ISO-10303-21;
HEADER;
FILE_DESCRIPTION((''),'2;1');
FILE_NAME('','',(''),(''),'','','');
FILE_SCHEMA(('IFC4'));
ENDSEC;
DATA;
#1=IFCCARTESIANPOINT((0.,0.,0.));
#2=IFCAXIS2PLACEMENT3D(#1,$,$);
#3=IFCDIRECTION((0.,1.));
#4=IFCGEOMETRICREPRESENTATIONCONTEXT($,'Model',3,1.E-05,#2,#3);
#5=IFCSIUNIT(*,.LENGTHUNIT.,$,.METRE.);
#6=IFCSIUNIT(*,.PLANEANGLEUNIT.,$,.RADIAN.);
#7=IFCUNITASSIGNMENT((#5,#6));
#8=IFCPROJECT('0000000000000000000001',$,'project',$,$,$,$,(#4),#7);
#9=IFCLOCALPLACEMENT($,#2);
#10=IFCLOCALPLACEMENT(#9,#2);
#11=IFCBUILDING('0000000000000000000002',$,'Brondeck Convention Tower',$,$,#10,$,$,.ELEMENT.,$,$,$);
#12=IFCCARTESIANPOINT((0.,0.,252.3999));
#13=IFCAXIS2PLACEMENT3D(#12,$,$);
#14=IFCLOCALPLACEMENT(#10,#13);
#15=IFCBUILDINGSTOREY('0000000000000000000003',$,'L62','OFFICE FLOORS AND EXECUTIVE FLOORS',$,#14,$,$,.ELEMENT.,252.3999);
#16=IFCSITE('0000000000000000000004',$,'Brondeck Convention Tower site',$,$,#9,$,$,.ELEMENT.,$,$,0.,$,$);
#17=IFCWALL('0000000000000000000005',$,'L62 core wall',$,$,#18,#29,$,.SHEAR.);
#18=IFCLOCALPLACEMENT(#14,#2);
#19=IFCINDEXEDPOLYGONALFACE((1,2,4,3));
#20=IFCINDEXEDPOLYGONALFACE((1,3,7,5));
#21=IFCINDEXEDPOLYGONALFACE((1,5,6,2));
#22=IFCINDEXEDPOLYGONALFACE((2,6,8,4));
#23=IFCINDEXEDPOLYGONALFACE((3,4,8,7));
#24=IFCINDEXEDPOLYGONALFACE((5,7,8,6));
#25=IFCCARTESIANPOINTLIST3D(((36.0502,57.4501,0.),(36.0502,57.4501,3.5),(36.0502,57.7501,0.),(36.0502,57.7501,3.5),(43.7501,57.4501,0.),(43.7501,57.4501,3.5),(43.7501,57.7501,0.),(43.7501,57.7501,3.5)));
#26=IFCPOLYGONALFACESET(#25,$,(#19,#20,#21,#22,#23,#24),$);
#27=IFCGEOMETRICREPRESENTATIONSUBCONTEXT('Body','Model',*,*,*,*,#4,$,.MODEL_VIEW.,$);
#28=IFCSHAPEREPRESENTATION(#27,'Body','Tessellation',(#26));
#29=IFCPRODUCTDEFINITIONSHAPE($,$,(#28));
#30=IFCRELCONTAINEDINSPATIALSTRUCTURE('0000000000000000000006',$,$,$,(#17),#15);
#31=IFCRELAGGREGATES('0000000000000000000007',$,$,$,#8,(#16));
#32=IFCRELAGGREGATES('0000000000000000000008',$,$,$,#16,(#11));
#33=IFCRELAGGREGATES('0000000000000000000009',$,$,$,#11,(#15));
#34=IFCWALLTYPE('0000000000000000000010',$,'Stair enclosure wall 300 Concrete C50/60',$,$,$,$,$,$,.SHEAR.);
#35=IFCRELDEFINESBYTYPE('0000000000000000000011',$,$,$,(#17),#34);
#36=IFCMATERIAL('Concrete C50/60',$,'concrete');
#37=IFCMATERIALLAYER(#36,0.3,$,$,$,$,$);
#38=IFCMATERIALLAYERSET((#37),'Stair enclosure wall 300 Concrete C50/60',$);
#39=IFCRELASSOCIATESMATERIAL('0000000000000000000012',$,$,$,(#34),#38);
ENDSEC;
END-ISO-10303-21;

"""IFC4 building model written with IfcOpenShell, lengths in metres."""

from ifc_helpers import new_model, si_unit, direction, frame, frame_2d, origin, place, context, subcontext, project, spatial, rectangle, extrude, material, layer, layer_set, type_object, element, save


model = new_model("IFC4")

# Units and contexts
model_context = context("Model", 3, precision=1e-05, world=origin(), true_north=direction((0.0, 1.0)))
body_context = subcontext(model_context, "Body", "Model", "MODEL_VIEW")
ifc_project = project(units=[si_unit("LENGTHUNIT", "METRE"), si_unit("PLANEANGLEUNIT", "RADIAN")], contexts=[model_context])

# Site, building, storey
site_placement = place(None, origin())
site = spatial("IfcSite", under=ifc_project, at=site_placement, Name="Brondeck Convention Tower site", CompositionType="ELEMENT", RefElevation=0.0)
building_placement = place(site_placement, origin())
building = spatial("IfcBuilding", under=site, at=building_placement, Name="Brondeck Convention Tower", CompositionType="ELEMENT")
storey_placement = place(building_placement, frame((0.0, 0.0, 252.3999)))
storey = spatial("IfcBuildingStorey", under=building, at=storey_placement, Name="L62", Description="OFFICE FLOORS AND EXECUTIVE FLOORS", CompositionType="ELEMENT", Elevation=252.3999)

# Shared definitions
ifc_material_1 = material(Name="Concrete C50/60", Category="concrete")

# Wall
ifc_layer_1 = layer(ifc_material_1, 0.3)
ifc_layer_set_1 = layer_set([ifc_layer_1], Name="Stair enclosure wall 300 Concrete C50/60")
wall_type_1 = type_object("IfcWallType", Name="Stair enclosure wall 300 Concrete C50/60", PredefinedType="SHEAR", material=ifc_layer_set_1)
wall_1_placement = place(storey_placement, frame((36.05, 57.6001, 0.0), z_axis=(0.0, 0.0, 1.0), x_axis=(1.0, 0.0, 0.0)))
element("IfcWall", 1, at=wall_1_placement, inside=storey, type_object=wall_type_1, Name="L62 core wall", PredefinedType="SHEAR", context=body_context, shape_type="SweptSolid", body=[
    extrude(rectangle(XDim=7.7, YDim=0.3, at=frame_2d((3.8501, 0.0))), origin(), (0.0, 0.0, 1.0), 3.5),
])

save(model, "model.ifc")
